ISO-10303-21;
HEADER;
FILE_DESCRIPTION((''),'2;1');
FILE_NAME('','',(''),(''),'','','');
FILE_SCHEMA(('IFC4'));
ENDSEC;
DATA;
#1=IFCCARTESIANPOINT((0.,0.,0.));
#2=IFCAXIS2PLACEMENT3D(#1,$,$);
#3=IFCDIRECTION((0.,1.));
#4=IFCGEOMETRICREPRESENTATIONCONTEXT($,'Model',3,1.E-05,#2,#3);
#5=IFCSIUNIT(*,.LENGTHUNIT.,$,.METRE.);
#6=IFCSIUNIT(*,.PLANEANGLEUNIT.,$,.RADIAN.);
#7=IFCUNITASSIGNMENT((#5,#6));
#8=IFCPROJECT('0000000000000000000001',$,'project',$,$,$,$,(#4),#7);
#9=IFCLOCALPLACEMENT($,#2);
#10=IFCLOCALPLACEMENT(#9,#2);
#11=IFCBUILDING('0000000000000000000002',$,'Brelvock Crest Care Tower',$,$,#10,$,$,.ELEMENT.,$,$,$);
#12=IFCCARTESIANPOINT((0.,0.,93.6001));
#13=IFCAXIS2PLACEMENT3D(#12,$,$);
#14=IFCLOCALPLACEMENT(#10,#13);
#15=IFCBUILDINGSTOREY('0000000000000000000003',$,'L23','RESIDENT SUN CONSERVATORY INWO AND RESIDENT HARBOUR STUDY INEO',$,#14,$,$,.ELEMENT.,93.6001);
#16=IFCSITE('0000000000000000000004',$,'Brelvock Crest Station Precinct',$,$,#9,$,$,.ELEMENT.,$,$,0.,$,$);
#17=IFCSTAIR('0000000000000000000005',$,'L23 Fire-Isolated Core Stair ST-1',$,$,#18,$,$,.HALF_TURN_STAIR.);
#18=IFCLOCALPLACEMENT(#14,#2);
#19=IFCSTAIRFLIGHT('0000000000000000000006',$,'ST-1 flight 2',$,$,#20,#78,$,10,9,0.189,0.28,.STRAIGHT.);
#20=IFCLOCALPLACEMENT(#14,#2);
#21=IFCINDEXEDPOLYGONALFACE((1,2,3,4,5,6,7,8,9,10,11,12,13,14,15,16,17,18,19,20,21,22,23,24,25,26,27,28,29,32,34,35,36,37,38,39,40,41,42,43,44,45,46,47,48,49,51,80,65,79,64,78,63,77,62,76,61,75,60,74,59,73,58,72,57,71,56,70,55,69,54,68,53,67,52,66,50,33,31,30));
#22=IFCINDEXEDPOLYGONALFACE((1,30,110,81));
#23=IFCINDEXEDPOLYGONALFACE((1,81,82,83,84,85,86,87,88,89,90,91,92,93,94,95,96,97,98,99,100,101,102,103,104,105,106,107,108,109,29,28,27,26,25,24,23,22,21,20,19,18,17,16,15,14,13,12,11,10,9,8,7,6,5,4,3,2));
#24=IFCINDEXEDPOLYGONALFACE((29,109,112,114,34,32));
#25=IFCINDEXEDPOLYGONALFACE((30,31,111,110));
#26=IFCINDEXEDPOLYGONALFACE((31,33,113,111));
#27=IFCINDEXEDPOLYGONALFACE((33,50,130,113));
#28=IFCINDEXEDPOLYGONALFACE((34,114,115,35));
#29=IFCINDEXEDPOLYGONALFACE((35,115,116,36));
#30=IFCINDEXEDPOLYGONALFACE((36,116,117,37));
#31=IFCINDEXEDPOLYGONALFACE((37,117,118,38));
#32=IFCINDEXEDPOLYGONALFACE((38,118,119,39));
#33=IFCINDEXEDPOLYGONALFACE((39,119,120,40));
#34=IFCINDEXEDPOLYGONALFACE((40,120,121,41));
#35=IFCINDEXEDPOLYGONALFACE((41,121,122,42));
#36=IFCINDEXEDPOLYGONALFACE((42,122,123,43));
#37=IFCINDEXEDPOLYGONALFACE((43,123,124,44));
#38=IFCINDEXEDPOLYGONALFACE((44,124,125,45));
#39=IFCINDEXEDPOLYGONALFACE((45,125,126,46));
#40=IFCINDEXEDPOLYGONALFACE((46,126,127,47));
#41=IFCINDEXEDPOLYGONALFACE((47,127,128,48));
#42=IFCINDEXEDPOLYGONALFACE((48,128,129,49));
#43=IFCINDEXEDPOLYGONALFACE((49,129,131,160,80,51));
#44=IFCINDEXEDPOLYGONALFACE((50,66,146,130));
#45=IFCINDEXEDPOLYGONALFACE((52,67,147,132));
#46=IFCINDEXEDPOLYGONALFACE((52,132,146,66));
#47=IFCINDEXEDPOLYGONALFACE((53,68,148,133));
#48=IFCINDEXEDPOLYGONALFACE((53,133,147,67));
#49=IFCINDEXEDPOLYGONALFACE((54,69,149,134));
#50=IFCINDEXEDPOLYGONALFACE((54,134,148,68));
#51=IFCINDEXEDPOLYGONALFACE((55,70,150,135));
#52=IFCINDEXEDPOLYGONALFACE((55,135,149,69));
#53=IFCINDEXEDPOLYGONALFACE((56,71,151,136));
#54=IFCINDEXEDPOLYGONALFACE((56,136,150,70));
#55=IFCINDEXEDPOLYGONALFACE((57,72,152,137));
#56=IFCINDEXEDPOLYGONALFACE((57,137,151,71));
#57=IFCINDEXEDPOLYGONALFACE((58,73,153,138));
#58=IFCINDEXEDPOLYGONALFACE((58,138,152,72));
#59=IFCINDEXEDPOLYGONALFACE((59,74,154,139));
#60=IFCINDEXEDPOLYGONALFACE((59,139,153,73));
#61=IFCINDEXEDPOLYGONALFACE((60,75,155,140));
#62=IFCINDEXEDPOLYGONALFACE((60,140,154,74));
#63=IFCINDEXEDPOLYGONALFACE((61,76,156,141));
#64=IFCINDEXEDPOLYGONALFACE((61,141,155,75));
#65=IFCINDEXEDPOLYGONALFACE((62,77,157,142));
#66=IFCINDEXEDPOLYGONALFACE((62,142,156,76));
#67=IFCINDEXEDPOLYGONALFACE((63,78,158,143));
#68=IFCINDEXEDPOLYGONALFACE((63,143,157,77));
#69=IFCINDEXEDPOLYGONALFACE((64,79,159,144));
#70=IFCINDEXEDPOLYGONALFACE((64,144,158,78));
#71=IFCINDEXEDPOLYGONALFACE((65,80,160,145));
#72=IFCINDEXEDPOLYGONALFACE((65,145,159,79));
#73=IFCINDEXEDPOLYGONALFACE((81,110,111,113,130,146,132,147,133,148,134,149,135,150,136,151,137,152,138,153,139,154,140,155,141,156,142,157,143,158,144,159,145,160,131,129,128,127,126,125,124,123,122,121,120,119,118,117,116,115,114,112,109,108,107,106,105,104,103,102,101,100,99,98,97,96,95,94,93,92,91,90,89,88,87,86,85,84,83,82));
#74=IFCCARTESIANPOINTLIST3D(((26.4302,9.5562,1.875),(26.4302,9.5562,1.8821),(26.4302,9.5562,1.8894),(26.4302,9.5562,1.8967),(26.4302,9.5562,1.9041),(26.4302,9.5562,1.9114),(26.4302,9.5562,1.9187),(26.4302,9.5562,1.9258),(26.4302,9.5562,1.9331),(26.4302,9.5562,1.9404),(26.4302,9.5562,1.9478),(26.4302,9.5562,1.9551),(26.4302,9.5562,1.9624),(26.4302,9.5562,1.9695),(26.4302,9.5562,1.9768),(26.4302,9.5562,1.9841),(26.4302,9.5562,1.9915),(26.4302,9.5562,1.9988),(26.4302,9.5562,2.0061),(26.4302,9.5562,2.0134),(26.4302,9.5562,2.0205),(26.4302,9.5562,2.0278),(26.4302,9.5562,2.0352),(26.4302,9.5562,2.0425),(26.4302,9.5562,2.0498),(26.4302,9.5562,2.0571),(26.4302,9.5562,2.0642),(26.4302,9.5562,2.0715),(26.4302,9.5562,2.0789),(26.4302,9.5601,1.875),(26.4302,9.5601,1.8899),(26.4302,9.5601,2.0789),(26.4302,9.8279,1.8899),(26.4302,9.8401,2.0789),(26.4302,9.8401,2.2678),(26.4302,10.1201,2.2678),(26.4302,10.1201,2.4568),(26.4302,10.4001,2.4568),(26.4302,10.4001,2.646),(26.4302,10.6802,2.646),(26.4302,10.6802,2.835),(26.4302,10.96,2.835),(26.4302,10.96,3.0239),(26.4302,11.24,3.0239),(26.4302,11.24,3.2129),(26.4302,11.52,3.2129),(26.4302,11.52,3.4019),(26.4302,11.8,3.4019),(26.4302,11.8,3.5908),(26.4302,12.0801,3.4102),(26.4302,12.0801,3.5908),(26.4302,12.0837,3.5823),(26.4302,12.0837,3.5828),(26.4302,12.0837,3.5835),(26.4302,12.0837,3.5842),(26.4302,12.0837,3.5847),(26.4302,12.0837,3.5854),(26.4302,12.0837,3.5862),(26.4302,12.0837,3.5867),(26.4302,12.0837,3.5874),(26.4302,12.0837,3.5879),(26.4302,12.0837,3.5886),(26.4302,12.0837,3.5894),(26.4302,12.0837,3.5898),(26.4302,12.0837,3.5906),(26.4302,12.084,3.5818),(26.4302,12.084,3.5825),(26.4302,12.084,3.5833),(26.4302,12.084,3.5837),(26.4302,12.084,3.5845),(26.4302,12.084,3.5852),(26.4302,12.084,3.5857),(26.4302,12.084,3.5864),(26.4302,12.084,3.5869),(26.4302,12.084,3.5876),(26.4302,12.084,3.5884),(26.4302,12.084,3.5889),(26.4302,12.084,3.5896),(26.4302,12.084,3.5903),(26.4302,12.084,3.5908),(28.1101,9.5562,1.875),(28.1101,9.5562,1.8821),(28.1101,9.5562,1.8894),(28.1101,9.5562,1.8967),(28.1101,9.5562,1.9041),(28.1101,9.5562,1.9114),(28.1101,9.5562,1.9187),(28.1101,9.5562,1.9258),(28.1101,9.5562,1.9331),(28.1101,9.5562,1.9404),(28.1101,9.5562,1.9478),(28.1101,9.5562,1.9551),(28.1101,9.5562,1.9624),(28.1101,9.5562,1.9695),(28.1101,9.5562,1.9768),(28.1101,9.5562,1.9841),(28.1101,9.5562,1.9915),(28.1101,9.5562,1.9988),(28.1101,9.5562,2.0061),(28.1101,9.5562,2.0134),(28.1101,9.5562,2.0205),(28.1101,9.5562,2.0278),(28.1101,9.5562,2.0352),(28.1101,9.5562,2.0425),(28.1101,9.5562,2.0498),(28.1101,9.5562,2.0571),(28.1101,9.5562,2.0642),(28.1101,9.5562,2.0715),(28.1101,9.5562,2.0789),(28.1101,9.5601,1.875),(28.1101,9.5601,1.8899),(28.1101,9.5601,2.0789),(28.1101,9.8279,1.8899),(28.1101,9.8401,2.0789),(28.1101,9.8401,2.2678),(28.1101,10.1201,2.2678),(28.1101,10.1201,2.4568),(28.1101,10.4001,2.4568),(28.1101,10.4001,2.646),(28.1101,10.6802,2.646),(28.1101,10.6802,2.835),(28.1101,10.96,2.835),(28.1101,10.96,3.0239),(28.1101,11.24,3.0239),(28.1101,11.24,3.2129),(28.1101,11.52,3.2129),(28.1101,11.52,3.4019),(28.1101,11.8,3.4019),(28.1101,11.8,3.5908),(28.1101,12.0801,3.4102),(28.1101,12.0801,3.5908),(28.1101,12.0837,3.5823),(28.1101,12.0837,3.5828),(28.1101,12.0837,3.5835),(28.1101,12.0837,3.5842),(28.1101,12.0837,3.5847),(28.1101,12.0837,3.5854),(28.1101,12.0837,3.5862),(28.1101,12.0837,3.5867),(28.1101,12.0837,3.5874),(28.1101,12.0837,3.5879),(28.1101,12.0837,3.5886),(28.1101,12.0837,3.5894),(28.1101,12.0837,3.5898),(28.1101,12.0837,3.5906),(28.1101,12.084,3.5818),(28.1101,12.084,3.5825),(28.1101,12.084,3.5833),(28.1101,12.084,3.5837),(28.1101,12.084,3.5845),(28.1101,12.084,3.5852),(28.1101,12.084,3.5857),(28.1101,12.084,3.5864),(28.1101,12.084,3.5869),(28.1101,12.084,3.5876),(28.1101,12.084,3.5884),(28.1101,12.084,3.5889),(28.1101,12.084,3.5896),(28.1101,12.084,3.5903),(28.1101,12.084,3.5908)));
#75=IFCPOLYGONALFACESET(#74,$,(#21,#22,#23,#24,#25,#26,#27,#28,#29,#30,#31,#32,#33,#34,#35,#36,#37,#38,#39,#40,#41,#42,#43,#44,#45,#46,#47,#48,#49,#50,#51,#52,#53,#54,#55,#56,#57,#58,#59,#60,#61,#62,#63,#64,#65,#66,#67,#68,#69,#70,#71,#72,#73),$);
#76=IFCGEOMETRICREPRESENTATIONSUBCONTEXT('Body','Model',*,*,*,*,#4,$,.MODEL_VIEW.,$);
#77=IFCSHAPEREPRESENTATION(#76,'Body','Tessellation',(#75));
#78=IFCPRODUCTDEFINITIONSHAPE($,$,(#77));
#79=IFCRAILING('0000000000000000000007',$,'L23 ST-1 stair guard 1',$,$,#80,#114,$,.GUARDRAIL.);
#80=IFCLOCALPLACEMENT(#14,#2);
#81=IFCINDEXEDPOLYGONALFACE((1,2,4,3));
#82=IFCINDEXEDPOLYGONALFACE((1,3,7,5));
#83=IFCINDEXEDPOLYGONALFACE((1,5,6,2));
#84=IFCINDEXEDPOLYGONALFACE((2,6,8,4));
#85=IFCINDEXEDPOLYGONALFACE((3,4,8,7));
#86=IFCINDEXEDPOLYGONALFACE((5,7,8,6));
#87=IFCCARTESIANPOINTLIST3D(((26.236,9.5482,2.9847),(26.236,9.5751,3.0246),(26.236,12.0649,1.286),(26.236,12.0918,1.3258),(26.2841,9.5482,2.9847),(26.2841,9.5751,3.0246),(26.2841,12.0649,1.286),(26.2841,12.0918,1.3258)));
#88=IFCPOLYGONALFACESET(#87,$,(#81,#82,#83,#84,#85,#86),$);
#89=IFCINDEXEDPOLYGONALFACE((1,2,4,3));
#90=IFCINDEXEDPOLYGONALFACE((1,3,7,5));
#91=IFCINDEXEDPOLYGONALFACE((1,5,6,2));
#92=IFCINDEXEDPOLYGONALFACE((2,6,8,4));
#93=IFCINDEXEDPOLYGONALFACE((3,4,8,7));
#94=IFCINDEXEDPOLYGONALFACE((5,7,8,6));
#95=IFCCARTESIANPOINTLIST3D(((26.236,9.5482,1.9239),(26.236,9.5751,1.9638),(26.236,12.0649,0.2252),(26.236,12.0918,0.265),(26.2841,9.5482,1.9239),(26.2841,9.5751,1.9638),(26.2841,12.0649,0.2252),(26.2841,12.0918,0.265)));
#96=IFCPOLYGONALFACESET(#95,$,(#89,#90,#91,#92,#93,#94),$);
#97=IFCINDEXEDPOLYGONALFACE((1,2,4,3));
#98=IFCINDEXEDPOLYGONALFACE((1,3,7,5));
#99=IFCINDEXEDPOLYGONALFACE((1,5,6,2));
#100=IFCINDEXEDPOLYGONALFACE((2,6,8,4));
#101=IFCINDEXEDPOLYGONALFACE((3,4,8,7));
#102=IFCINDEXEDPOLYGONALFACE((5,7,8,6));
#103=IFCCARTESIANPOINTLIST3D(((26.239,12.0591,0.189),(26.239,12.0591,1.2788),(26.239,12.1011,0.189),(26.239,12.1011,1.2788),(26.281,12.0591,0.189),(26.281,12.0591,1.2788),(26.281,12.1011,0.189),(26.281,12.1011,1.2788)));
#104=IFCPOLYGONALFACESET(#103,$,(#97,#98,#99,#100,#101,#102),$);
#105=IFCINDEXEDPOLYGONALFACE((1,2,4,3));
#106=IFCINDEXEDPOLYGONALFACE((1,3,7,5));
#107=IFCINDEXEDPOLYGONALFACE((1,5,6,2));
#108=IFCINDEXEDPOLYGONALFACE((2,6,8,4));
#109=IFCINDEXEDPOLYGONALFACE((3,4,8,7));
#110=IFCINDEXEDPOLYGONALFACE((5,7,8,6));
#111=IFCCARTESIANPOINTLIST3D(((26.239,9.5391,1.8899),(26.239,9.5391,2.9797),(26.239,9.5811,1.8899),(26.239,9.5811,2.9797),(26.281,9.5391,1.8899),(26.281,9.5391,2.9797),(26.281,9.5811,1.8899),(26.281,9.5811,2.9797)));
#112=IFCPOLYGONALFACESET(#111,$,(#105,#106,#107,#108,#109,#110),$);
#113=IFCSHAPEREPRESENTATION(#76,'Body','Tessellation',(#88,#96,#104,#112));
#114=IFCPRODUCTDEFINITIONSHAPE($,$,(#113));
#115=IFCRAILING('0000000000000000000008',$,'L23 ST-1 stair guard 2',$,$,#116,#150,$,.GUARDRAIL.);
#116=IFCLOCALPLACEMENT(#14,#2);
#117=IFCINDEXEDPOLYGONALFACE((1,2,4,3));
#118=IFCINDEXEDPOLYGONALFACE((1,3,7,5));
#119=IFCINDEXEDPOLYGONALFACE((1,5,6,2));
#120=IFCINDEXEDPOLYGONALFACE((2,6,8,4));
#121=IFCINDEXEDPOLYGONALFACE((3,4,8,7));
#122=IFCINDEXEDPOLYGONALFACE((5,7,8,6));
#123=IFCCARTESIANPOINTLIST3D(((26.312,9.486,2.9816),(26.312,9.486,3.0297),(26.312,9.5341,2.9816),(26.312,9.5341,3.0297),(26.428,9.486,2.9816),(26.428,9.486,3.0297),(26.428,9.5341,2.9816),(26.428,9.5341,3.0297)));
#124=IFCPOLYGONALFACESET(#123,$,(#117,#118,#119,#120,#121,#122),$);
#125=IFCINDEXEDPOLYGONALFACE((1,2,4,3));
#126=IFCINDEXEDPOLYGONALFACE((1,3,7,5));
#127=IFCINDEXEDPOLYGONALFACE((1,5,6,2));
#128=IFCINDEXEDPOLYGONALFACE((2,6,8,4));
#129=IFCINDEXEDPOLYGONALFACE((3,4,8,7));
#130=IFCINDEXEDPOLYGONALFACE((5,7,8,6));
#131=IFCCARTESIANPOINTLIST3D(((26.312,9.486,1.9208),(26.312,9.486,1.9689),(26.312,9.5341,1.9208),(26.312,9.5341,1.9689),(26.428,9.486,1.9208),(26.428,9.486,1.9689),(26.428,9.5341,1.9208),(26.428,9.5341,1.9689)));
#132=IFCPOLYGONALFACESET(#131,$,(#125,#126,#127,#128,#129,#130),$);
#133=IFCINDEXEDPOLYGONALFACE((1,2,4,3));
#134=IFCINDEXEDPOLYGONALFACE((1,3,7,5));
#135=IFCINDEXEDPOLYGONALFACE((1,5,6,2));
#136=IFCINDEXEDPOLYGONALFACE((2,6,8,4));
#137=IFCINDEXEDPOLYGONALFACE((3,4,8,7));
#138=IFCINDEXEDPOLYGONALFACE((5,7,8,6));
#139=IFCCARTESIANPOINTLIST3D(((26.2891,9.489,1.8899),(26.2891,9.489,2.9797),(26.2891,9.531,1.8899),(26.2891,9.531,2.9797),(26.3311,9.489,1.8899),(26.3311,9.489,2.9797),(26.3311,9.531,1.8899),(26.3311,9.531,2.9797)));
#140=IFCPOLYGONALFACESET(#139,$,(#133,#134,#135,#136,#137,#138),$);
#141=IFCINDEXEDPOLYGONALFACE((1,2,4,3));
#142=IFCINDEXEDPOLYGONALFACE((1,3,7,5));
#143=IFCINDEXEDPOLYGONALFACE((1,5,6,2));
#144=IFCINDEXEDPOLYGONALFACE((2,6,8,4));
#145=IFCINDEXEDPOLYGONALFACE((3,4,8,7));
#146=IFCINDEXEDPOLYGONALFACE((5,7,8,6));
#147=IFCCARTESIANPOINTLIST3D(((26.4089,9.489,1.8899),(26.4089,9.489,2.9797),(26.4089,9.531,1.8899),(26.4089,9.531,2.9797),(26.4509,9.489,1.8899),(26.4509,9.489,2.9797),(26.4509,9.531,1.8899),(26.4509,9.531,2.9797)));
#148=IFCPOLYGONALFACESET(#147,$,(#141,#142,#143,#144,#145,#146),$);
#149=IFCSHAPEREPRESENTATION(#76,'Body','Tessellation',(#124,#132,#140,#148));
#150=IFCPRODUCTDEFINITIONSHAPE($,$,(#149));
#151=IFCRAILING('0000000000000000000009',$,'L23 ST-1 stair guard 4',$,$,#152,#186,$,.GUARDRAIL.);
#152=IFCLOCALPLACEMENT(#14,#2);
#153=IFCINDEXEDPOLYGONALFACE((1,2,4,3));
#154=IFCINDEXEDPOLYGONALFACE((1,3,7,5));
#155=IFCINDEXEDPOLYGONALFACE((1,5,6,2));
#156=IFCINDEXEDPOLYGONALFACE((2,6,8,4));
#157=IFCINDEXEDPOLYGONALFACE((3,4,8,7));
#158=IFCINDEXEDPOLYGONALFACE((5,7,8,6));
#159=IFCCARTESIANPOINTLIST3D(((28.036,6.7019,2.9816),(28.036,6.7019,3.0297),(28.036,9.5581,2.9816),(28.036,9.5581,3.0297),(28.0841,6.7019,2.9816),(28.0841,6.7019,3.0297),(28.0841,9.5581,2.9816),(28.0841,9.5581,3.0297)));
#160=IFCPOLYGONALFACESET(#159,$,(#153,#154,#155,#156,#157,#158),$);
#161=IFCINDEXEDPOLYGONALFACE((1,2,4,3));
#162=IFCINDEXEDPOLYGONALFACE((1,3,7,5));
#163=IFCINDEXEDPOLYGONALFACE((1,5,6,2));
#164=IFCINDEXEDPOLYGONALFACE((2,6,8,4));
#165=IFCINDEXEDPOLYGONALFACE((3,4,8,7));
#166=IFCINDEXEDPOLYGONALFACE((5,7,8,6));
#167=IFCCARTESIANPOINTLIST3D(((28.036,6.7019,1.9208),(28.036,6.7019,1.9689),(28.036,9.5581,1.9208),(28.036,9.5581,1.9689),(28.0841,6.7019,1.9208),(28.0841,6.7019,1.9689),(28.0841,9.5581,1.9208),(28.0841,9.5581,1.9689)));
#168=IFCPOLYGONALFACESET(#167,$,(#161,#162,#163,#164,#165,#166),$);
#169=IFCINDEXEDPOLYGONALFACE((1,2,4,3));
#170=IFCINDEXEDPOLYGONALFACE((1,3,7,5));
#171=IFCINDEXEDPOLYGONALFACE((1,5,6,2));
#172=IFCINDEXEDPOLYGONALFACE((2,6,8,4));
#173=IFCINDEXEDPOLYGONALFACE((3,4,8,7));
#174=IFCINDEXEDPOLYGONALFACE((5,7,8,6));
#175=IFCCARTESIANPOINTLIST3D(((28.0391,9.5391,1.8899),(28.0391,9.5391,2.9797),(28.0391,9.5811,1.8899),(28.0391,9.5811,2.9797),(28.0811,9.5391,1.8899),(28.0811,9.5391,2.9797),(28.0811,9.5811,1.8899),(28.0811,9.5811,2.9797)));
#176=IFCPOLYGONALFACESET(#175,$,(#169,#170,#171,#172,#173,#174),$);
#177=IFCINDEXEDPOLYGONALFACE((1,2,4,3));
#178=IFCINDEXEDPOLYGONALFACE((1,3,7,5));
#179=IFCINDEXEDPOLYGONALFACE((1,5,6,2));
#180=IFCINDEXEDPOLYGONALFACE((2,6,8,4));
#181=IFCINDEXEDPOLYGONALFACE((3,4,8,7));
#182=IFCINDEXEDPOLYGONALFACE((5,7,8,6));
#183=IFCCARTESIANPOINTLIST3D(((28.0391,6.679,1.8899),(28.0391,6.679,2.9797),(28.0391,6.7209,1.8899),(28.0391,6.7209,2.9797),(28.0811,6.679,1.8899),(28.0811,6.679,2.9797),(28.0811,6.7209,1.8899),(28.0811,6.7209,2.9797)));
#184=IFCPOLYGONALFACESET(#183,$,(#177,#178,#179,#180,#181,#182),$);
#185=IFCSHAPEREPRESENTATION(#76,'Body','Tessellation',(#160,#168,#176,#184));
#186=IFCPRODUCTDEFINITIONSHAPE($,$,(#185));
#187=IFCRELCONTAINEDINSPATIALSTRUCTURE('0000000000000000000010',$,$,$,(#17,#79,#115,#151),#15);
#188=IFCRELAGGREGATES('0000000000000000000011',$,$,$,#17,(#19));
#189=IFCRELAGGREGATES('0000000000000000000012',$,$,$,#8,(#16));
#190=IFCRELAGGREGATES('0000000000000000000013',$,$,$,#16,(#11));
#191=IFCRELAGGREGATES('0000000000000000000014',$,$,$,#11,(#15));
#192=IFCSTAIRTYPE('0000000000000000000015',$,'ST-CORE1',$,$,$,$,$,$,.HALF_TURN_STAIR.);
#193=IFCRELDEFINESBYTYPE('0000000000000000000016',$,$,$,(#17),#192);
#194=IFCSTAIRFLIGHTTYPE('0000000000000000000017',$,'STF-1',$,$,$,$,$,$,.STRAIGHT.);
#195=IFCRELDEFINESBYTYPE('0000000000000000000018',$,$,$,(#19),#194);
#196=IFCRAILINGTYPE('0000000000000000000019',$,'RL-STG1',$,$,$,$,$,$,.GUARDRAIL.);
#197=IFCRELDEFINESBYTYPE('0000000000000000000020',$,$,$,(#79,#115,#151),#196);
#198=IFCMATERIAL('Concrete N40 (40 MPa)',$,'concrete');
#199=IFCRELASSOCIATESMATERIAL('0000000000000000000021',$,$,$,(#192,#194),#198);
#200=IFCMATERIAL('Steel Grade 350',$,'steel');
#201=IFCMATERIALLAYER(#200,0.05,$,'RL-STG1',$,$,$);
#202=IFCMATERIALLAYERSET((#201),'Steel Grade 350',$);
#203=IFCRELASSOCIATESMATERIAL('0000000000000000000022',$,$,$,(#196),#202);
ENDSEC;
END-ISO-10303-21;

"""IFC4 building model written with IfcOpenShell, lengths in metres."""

from ifc_helpers import new_model, si_unit, direction, frame, origin, origin_2d, place, context, subcontext, project, spatial, polyline, rectangle, outline, extrude, material, layer, layer_set, type_object, element, aggregate, save


model = new_model("IFC4")

# Units and contexts
model_context = context("Model", 3, precision=1e-05, world=origin(), true_north=direction((0.0, 1.0)))
body_context = subcontext(model_context, "Body", "Model", "MODEL_VIEW")
ifc_project = project(units=[si_unit("LENGTHUNIT", "METRE"), si_unit("PLANEANGLEUNIT", "RADIAN")], contexts=[model_context])

# Site, building, storey
site_placement = place(None, origin())
site = spatial("IfcSite", under=ifc_project, at=site_placement, Name="Brelvock Crest Station Precinct", CompositionType="ELEMENT", RefElevation=0.0)
building_placement = place(site_placement, origin())
building = spatial("IfcBuilding", under=site, at=building_placement, Name="Brelvock Crest Care Tower", CompositionType="ELEMENT")
storey_placement = place(building_placement, frame((0.0, 0.0, 93.6001)))
storey = spatial("IfcBuildingStorey", under=building, at=storey_placement, Name="L23", Description="RESIDENT SUN CONSERVATORY INWO AND RESIDENT HARBOUR STUDY INEO", CompositionType="ELEMENT", Elevation=93.6001)

# Shared definitions
ifc_material_1 = material(Name="Steel Grade 350", Category="steel")

# Stair, stair flight
ifc_material_2 = material(Name="Concrete N40 (40 MPa)", Category="concrete")
stair_type = type_object("IfcStairType", Name="ST-CORE1", PredefinedType="HALF_TURN_STAIR", material=ifc_material_2)
stair_placement = place(storey_placement, origin())
stair = element("IfcStair", 1, at=stair_placement, inside=storey, type_object=stair_type, Name="L23 Fire-Isolated Core Stair ST-1", PredefinedType="HALF_TURN_STAIR")
stair_flight_type = type_object("IfcStairFlightType", Name="STF-1", PredefinedType="STRAIGHT", material=ifc_material_2)
stair_flight_1_placement = place(storey_placement, frame((27.27, 9.5601, 1.8899), z_axis=(0.0, 0.0, 1.0), x_axis=(0.0, 1.0, 0.0)))
stair_flight_1 = element("IfcStairFlight", 2, at=stair_flight_1_placement, type_object=stair_flight_type, Name="ST-1 flight 2", NumberOfRisers=10, NumberOfTreads=9, PredefinedType="STRAIGHT", RiserHeight=0.189, TreadLength=0.28, context=body_context, shape_type="SweptSolid", body=[
    extrude(outline(polyline([(-0.0039, -0.0149), (-0.0039, -0.0078), (-0.0039, -0.0005), (-0.0039, 0.0068), (-0.0039, 0.0142), (-0.0039, 0.0215), (-0.0039, 0.0288), (-0.0039, 0.0359), (-0.0039, 0.0432), (-0.0039, 0.0505), (-0.0039, 0.0579), (-0.0039, 0.0652), (-0.0039, 0.0725), (-0.0039, 0.0796), (-0.0039, 0.0869), (-0.0039, 0.0942), (-0.0039, 0.1016), (-0.0039, 0.1089), (-0.0039, 0.1162), (-0.0039, 0.1235), (-0.0039, 0.1306), (-0.0039, 0.1379), (-0.0039, 0.1453), (-0.0039, 0.1526), (-0.0039, 0.1599), (-0.0039, 0.1672), (-0.0039, 0.1743), (-0.0039, 0.1816), (-0.0039, 0.189), (0.0, 0.189), (0.28, 0.189), (0.28, 0.3779), (0.5601, 0.3779), (0.5601, 0.5669), (0.8401, 0.5669), (0.8401, 0.7561), (1.1201, 0.7561), (1.1201, 0.9451), (1.3999, 0.9451), (1.3999, 1.134), (1.6799, 1.134), (1.6799, 1.323), (1.96, 1.323), (1.96, 1.512), (2.24, 1.512), (2.24, 1.7009), (2.52, 1.7009), (2.5239, 1.7009), (2.5237, 1.7007), (2.5239, 1.7004), (2.5237, 1.7), (2.5239, 1.6997), (2.5237, 1.6995), (2.5239, 1.699), (2.5237, 1.6987), (2.5239, 1.6985), (2.5237, 1.698), (2.5239, 1.6978), (2.5237, 1.6975), (2.5239, 1.697), (2.5237, 1.6968), (2.5239, 1.6965), (2.5237, 1.6963), (2.5239, 1.6958), (2.5237, 1.6956), (2.5239, 1.6953), (2.5237, 1.6948), (2.5239, 1.6946), (2.5237, 1.6943), (2.5239, 1.6938), (2.5237, 1.6936), (2.5239, 1.6934), (2.5237, 1.6929), (2.5239, 1.6926), (2.5237, 1.6924), (2.5239, 1.6919), (2.52, 1.5203), (0.2678, 0.0), (0.0, 0.0), (0.0, -0.0149), (-0.0039, -0.0149)])), frame((0.0, 0.8398, 0.0), z_axis=(0.0, -1.0, 0.0), x_axis=(1.0, 0.0, 0.0)), (0.0, 0.0, 1.0), 1.6799),
])
aggregate(stair, [stair_flight_1])

# Railings
ifc_layer_1 = layer(ifc_material_1, 0.05, Name="RL-STG1")
ifc_layer_set_1 = layer_set([ifc_layer_1], Name="Steel Grade 350")
railing_type_1 = type_object("IfcRailingType", Name="RL-STG1", PredefinedType="GUARDRAIL", material=ifc_layer_set_1)
railing_1_placement = place(storey_placement, frame((26.26, 12.0801, 0.189)))
element("IfcRailing", 3, at=railing_1_placement, inside=storey, type_object=railing_type_1, Name="L23 ST-1 stair guard 1", PredefinedType="GUARDRAIL", context=body_context, shape_type="SweptSolid", body=[
    extrude(rectangle(XDim=0.0481, YDim=0.0481, at=origin_2d()), frame((0.0, -0.0017, 1.1169), z_axis=(0.0, -0.828862, 0.559454), x_axis=(1.0, 0.0, 0.0)), (0.0, 0.0, 1.0), 3.0364),
    extrude(rectangle(XDim=0.0481, YDim=0.0481, at=origin_2d()), frame((0.0, -0.0017, 0.0562), z_axis=(0.0, -0.828862, 0.559454), x_axis=(1.0, 0.0, 0.0)), (0.0, 0.0, 1.0), 3.0364),
    extrude(rectangle(XDim=0.042, YDim=0.042, at=origin_2d()), origin(), (0.0, 0.0, 1.0), 1.0898),
    extrude(rectangle(XDim=0.042, YDim=0.042, at=origin_2d()), frame((0.0, -2.52, 1.7009)), (0.0, 0.0, 1.0), 1.0898),
])
railing_2_placement = place(storey_placement, frame((26.3101, 9.51, 1.8899)))
element("IfcRailing", 4, at=railing_2_placement, inside=storey, type_object=railing_type_1, Name="L23 ST-1 stair guard 2", PredefinedType="GUARDRAIL", context=body_context, shape_type="SweptSolid", body=[
    extrude(rectangle(XDim=0.0481, YDim=0.0481, at=origin_2d()), frame((0.002, 0.0, 1.1157), z_axis=(1.0, 0.0, 0.0), x_axis=(0.0, 1.0, 0.0)), (0.0, 0.0, 1.0), 0.116),
    extrude(rectangle(XDim=0.0481, YDim=0.0481, at=origin_2d()), frame((0.002, 0.0, 0.0549), z_axis=(1.0, 0.0, 0.0), x_axis=(0.0, 1.0, 0.0)), (0.0, 0.0, 1.0), 0.116),
    extrude(rectangle(XDim=0.042, YDim=0.042, at=origin_2d()), origin(), (0.0, 0.0, 1.0), 1.0898),
    extrude(rectangle(XDim=0.042, YDim=0.042, at=origin_2d()), frame((0.1199, 0.0, 0.0)), (0.0, 0.0, 1.0), 1.0898),
])
railing_3_placement = place(storey_placement, frame((28.0601, 9.5601, 1.8899)))
element("IfcRailing", 5, at=railing_3_placement, inside=storey, type_object=railing_type_1, Name="L23 ST-1 stair guard 4", PredefinedType="GUARDRAIL", context=body_context, shape_type="SweptSolid", body=[
    extrude(rectangle(XDim=0.0481, YDim=0.0481, at=origin_2d()), frame((0.0, -0.002, 1.1157), z_axis=(0.0, -1.0, 0.0), x_axis=(1.0, 0.0, 0.0)), (0.0, 0.0, 1.0), 2.8562),
    extrude(rectangle(XDim=0.0481, YDim=0.0481, at=origin_2d()), frame((0.0, -0.002, 0.0549), z_axis=(0.0, -1.0, 0.0), x_axis=(1.0, 0.0, 0.0)), (0.0, 0.0, 1.0), 2.8562),
    extrude(rectangle(XDim=0.042, YDim=0.042, at=origin_2d()), origin(), (0.0, 0.0, 1.0), 1.0898),
    extrude(rectangle(XDim=0.042, YDim=0.042, at=origin_2d()), frame((0.0, -2.8601, 0.0)), (0.0, 0.0, 1.0), 1.0898),
])

save(model, "model.ifc")
